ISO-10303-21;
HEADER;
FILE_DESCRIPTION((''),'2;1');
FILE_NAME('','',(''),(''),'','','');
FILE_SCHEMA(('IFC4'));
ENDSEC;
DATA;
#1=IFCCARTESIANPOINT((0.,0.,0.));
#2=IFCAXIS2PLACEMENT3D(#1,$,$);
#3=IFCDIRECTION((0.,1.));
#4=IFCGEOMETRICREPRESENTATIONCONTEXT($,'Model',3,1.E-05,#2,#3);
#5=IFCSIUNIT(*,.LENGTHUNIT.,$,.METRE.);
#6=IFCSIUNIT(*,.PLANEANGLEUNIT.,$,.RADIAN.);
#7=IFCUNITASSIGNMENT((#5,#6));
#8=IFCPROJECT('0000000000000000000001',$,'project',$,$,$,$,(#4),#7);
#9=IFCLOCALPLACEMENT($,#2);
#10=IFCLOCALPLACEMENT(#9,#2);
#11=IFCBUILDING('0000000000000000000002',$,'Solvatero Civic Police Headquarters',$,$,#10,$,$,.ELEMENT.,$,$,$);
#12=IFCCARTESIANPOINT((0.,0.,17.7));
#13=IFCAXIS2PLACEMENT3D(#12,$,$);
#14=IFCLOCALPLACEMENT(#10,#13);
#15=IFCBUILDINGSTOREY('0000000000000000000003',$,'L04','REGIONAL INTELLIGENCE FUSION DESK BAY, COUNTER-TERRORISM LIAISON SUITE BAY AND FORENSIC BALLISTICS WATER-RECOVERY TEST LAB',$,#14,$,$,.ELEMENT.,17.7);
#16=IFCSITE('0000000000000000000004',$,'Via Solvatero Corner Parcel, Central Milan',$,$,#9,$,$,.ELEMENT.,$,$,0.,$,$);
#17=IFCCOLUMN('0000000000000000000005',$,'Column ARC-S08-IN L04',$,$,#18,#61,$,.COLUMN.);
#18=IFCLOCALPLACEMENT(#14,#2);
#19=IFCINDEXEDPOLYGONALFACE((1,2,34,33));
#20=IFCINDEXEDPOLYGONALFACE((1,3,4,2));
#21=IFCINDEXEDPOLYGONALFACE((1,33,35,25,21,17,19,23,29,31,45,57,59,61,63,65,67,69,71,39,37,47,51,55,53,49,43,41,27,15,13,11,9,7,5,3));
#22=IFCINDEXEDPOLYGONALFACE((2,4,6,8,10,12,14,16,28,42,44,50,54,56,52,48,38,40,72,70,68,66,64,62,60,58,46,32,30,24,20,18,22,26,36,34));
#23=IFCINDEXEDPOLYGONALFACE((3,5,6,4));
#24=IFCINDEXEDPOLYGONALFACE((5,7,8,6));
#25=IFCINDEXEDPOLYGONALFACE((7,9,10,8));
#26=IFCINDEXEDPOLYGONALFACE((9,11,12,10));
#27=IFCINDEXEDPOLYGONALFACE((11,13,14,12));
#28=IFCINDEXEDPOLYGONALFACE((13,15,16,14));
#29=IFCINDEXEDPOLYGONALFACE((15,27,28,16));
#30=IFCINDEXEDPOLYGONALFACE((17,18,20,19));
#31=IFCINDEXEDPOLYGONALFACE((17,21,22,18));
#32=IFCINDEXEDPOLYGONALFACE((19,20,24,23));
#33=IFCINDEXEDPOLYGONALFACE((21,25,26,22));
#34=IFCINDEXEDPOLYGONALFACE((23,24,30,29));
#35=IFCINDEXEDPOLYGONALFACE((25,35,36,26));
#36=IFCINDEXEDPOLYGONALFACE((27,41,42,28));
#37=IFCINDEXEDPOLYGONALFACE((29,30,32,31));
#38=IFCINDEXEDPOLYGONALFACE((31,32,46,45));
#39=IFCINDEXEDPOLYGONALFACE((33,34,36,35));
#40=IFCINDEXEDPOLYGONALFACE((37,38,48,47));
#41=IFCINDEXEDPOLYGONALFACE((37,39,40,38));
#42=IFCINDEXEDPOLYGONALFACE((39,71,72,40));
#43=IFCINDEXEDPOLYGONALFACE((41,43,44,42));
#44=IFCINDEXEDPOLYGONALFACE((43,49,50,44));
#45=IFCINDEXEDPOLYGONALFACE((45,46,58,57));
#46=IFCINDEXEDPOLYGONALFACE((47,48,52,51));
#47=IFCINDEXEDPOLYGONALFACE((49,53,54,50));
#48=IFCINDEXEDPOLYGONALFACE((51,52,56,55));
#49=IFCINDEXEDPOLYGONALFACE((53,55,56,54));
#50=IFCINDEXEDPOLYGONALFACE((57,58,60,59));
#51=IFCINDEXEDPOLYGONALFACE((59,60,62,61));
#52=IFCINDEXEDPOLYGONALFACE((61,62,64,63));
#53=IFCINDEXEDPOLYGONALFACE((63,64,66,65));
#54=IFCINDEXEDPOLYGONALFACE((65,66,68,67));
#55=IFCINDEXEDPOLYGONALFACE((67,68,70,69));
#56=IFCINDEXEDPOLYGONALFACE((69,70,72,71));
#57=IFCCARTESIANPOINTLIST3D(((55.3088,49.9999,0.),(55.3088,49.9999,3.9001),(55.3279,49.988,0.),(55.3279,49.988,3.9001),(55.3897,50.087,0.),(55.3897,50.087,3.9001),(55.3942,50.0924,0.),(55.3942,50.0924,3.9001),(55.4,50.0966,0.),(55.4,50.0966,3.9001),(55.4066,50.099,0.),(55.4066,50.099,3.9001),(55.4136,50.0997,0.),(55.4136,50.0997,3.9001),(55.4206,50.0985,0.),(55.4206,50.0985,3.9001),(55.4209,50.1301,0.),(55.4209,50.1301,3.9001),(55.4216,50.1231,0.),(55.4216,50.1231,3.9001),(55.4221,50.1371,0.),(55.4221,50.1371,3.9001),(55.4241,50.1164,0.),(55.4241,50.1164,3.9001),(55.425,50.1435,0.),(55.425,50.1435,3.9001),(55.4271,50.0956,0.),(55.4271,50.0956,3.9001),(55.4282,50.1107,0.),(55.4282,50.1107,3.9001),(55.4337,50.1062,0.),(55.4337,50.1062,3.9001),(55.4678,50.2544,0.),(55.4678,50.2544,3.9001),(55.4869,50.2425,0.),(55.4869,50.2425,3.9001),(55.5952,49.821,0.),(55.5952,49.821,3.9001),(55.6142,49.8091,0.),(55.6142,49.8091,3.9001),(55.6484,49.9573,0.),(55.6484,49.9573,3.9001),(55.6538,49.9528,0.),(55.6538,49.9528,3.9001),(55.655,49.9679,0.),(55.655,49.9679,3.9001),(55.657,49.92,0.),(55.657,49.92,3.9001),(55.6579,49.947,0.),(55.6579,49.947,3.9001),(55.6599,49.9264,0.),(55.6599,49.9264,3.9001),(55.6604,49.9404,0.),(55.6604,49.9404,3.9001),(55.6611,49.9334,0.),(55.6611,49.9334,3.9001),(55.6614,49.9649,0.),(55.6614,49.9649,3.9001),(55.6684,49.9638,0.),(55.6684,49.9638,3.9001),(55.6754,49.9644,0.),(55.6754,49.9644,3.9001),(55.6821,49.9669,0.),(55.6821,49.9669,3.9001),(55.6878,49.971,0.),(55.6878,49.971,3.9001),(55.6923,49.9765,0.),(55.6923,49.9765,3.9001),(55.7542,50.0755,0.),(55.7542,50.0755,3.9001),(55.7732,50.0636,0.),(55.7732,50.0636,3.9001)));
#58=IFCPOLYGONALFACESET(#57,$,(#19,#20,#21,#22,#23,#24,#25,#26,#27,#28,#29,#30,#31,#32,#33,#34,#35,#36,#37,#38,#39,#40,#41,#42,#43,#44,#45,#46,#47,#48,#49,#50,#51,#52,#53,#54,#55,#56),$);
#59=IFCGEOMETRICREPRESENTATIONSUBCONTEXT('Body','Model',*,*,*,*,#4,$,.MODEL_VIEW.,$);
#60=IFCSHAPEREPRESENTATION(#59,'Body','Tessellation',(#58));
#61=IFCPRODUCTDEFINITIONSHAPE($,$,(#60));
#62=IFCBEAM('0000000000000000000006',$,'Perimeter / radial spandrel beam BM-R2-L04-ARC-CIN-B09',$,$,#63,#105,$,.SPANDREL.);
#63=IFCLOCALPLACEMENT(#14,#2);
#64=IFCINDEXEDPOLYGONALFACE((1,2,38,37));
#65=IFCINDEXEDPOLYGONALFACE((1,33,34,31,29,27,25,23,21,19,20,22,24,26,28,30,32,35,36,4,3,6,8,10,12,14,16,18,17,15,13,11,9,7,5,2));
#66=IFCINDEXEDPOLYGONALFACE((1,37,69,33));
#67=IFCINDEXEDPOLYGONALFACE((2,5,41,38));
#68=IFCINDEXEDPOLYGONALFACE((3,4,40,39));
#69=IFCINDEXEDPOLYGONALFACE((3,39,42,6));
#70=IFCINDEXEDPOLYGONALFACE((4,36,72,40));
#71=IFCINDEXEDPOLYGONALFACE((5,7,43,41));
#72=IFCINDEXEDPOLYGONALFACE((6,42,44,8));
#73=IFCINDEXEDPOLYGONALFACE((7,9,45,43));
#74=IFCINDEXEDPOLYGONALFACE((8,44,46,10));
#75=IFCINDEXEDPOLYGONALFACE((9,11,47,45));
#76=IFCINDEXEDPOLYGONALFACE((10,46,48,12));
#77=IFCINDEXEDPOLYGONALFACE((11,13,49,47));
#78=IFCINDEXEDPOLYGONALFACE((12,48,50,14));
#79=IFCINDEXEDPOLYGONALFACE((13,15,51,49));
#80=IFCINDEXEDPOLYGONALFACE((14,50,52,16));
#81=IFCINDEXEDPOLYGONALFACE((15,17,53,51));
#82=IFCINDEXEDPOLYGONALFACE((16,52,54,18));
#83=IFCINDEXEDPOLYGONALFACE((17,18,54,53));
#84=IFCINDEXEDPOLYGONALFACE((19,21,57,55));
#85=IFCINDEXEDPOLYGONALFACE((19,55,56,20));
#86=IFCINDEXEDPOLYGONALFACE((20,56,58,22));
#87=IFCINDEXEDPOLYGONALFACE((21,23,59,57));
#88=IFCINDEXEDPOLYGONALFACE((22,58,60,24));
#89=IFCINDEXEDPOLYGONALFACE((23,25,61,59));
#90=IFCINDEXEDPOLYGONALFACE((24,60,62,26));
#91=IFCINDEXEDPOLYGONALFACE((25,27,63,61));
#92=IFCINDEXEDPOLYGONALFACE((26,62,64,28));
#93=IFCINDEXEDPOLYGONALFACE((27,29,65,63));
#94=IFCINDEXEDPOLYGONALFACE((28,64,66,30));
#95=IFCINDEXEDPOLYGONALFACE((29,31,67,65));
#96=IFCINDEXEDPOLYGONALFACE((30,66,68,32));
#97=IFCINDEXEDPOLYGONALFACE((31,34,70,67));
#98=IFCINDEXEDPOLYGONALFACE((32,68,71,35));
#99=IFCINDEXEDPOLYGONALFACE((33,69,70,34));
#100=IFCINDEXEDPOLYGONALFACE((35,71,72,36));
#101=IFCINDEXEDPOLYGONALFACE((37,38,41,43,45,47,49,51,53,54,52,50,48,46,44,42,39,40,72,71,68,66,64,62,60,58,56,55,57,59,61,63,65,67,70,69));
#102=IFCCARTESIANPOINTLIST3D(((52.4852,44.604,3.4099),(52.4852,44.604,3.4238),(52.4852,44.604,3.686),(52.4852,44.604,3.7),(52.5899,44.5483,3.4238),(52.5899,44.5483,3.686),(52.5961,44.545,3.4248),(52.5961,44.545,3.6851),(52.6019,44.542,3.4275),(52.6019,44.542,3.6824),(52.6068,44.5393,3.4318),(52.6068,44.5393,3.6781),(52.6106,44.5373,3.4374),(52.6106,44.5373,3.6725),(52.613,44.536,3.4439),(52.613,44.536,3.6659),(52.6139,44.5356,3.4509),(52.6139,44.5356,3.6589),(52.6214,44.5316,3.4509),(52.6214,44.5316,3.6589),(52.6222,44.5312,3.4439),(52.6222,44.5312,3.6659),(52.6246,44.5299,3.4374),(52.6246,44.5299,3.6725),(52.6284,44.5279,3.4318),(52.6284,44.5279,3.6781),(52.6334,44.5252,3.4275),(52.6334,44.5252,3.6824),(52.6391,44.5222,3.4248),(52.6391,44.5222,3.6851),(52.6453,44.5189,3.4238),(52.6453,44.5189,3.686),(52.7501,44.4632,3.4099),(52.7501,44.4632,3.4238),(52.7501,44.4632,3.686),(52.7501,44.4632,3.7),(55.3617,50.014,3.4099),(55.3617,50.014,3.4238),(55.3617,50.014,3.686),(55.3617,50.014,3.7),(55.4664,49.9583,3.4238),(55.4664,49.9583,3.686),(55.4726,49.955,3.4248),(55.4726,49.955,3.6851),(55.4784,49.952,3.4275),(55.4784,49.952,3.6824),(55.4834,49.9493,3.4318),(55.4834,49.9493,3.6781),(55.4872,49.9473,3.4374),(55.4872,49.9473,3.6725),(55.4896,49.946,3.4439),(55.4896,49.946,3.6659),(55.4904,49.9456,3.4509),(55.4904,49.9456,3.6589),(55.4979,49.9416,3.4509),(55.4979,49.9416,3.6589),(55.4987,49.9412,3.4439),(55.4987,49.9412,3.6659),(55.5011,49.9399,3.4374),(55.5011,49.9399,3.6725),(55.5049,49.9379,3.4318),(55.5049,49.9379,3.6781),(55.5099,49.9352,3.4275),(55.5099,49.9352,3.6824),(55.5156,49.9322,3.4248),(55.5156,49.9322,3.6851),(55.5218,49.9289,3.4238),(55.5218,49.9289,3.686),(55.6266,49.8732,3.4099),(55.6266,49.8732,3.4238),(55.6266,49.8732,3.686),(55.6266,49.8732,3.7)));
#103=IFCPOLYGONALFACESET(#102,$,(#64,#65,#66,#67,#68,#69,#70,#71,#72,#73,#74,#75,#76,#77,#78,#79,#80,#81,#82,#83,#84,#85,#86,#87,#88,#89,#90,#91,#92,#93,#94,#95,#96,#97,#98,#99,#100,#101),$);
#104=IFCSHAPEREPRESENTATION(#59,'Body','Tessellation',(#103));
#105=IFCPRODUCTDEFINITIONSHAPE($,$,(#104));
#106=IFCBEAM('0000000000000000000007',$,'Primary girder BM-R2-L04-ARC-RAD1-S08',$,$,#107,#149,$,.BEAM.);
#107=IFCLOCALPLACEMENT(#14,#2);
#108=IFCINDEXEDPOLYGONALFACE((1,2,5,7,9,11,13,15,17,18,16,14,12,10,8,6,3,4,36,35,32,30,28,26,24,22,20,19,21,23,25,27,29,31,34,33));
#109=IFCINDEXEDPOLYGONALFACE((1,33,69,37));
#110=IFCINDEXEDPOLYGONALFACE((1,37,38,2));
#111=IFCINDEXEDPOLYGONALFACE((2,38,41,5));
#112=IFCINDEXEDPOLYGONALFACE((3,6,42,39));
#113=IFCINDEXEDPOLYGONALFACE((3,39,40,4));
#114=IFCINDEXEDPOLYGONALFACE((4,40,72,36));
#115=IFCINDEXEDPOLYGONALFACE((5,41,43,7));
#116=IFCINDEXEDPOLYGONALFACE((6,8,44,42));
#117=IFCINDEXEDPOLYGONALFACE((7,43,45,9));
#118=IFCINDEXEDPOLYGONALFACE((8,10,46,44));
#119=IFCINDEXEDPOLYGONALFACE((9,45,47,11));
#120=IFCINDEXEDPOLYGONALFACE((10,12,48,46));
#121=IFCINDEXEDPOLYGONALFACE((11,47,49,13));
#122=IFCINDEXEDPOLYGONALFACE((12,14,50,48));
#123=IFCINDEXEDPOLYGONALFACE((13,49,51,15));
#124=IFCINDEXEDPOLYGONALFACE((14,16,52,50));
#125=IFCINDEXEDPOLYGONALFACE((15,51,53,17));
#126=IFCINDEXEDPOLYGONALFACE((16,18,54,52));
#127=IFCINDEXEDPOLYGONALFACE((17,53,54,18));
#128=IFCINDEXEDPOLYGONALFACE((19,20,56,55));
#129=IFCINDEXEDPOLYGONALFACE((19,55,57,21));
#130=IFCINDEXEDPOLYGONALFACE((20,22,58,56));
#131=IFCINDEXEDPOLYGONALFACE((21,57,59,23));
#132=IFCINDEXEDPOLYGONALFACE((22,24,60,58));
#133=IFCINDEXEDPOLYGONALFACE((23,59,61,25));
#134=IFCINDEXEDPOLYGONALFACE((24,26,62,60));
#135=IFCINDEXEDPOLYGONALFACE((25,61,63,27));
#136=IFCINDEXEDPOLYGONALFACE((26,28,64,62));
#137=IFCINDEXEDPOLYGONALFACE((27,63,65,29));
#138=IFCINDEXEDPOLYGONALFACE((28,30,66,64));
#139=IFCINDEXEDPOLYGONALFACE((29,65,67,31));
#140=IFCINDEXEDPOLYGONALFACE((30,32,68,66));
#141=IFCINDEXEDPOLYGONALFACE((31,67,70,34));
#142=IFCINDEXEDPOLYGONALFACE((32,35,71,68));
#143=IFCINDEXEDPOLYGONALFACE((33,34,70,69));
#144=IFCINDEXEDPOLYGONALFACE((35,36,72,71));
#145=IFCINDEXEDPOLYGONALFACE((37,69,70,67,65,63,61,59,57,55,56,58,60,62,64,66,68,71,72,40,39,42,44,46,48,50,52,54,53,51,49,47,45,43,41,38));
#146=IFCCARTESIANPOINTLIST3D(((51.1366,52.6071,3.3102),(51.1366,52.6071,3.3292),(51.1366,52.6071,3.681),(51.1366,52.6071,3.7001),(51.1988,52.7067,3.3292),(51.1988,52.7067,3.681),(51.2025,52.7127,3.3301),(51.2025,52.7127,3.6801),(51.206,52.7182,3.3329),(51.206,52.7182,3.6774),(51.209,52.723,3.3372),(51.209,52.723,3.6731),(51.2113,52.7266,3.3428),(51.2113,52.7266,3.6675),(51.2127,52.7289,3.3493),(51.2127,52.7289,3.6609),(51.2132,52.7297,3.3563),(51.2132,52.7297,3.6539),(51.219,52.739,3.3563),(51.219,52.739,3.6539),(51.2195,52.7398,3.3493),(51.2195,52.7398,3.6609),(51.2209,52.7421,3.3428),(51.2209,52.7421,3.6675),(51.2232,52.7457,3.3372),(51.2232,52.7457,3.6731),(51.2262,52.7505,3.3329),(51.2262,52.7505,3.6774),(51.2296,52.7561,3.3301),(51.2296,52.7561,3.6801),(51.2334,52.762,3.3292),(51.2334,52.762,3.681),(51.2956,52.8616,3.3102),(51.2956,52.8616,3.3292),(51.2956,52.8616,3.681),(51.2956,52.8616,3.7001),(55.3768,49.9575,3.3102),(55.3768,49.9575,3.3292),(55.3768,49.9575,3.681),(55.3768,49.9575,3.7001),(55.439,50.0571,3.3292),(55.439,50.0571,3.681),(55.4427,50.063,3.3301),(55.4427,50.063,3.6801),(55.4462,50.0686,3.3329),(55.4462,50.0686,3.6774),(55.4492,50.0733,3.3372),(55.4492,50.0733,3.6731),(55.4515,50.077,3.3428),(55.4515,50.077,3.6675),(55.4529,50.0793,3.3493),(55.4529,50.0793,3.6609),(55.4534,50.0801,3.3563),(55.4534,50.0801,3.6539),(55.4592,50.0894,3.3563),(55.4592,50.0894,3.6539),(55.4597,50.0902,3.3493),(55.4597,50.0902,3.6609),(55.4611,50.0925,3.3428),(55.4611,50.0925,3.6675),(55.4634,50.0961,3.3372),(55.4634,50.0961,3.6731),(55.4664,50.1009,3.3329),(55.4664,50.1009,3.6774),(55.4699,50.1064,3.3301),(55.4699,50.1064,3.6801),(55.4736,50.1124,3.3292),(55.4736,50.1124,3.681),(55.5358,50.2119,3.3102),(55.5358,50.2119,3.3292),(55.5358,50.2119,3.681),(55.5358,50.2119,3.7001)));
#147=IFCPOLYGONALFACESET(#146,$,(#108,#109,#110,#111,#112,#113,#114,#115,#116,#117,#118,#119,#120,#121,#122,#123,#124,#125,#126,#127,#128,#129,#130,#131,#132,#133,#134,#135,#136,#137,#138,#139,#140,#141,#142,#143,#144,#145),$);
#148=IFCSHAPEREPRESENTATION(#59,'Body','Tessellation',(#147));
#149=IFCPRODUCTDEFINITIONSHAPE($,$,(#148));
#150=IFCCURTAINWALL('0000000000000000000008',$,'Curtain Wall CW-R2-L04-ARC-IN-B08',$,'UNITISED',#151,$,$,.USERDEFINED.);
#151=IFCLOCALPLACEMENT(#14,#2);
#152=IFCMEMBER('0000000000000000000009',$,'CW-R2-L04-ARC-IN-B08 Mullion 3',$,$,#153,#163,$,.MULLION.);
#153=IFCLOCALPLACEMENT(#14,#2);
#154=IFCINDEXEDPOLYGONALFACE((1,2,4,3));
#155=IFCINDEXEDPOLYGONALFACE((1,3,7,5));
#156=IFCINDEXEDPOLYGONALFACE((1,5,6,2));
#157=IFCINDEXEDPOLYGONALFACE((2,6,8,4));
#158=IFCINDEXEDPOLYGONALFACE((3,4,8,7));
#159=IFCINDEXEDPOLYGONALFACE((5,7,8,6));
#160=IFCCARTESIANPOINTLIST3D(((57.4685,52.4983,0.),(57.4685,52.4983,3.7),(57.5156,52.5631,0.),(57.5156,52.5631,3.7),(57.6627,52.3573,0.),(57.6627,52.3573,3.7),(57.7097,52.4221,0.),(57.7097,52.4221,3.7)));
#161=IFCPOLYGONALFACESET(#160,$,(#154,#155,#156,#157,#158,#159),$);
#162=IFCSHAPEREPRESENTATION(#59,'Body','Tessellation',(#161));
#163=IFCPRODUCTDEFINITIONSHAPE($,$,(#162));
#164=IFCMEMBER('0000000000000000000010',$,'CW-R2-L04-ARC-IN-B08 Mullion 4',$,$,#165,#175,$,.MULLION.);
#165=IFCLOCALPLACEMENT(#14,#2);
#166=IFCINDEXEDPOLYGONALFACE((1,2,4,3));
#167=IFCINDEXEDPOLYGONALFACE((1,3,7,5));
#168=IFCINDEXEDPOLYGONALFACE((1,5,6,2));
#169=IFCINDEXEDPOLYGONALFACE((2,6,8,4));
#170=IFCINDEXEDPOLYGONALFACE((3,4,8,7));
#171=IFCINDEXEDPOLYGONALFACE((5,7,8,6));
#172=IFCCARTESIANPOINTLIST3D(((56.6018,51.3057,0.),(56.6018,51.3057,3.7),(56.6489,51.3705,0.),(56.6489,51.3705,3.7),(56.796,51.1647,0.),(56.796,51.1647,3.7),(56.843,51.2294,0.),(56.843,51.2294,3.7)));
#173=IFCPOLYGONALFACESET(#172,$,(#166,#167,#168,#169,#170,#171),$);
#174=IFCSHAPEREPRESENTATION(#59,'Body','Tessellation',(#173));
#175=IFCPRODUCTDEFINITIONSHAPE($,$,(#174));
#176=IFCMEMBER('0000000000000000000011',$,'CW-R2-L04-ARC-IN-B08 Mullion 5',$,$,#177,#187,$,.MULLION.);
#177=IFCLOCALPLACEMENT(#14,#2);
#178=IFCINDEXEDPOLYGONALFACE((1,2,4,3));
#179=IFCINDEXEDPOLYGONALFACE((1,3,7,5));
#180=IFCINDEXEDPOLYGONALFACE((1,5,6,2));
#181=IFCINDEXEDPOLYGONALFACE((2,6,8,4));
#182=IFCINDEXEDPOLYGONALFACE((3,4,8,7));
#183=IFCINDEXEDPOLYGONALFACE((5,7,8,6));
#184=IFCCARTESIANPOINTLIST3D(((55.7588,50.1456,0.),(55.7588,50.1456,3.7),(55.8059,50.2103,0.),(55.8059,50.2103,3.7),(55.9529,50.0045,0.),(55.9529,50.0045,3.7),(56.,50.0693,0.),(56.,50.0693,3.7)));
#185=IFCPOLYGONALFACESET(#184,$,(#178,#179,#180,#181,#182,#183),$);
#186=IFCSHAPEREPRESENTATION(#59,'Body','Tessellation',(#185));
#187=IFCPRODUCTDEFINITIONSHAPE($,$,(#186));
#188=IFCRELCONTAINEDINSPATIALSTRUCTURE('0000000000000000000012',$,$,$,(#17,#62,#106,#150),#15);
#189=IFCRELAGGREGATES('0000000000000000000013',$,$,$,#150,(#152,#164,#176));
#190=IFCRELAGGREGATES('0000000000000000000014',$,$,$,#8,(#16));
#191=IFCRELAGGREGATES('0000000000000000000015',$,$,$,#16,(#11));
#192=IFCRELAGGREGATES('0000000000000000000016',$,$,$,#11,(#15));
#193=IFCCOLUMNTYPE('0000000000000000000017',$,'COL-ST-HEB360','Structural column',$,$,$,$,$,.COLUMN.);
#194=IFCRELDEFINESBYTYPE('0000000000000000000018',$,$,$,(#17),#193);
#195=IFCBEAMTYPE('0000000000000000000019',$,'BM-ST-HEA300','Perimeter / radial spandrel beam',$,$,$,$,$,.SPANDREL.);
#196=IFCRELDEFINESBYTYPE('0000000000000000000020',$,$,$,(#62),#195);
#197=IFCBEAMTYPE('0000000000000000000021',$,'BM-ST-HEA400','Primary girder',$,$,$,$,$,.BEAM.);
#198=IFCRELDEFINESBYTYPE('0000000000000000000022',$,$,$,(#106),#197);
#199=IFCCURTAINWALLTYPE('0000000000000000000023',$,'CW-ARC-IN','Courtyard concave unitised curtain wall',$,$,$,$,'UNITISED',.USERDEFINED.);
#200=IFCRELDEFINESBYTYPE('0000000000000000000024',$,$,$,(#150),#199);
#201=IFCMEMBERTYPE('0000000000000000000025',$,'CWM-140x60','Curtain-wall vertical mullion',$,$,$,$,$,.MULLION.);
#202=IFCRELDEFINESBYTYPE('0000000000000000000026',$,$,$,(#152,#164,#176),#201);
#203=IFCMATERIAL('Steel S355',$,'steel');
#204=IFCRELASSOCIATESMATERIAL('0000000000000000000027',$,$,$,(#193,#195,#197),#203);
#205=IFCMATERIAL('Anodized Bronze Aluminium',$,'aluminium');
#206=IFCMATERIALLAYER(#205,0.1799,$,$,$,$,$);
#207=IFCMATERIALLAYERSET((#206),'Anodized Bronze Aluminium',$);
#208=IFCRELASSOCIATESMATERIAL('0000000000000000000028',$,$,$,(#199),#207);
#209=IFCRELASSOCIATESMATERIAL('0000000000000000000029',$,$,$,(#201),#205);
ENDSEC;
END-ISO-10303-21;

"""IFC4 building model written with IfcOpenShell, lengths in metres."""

from ifc_helpers import new_model, si_unit, direction, frame, origin, origin_2d, place, context, subcontext, project, spatial, rectangle, i_section, extrude, material, layer, layer_set, material_profile, profile_set, type_object, element, aggregate, save


model = new_model("IFC4")

# Units and contexts
model_context = context("Model", 3, precision=1e-05, world=origin(), true_north=direction((0.0, 1.0)))
body_context = subcontext(model_context, "Body", "Model", "MODEL_VIEW")
ifc_project = project(units=[si_unit("LENGTHUNIT", "METRE"), si_unit("PLANEANGLEUNIT", "RADIAN")], contexts=[model_context])

# Site, building, storey
site_placement = place(None, origin())
site = spatial("IfcSite", under=ifc_project, at=site_placement, Name="Via Solvatero Corner Parcel, Central Milan", CompositionType="ELEMENT", RefElevation=0.0)
building_placement = place(site_placement, origin())
building = spatial("IfcBuilding", under=site, at=building_placement, Name="Solvatero Civic Police Headquarters", CompositionType="ELEMENT")
storey_placement = place(building_placement, frame((0.0, 0.0, 17.7)))
storey = spatial("IfcBuildingStorey", under=building, at=storey_placement, Name="L04", Description="REGIONAL INTELLIGENCE FUSION DESK BAY, COUNTER-TERRORISM LIAISON SUITE BAY AND FORENSIC BALLISTICS WATER-RECOVERY TEST LAB", CompositionType="ELEMENT", Elevation=17.7)

# Column
ifc_material_1 = material(Name="Steel S355", Category="steel")
ifc_material_profile_1 = material_profile(ifc_material_1, i_section(OverallWidth=0.3, OverallDepth=0.3601, WebThickness=0.0125, FlangeThickness=0.0225, FilletRadius=0.0271, at=origin_2d()), Name="HEB 360")
ifc_profile_set_1 = profile_set([ifc_material_profile_1], Name="Steel S355")
column_type = type_object("IfcColumnType", Name="COL-ST-HEB360", Description="Structural column", PredefinedType="COLUMN", material=ifc_profile_set_1)
column_placement = place(storey_placement, frame((55.541, 50.0317, 0.0), z_axis=(0.0, 0.0, 1.0), x_axis=(0.529919, 0.848048, 0.0)))
element("IfcColumn", 1, at=column_placement, inside=storey, type_object=column_type, Name="Column ARC-S08-IN L04", PredefinedType="COLUMN", context=body_context, shape_type="SweptSolid", body=[
    extrude(i_section(OverallWidth=0.3, OverallDepth=0.3601, WebThickness=0.0125, FlangeThickness=0.0225, FilletRadius=0.0271, at=origin_2d()), origin(), (0.0, 0.0, 1.0), 3.9001),
])

# Beams
ifc_material_profile_2 = material_profile(ifc_material_1, i_section(OverallWidth=0.3, OverallDepth=0.29, WebThickness=0.0085, FlangeThickness=0.0139, FilletRadius=0.0271, at=origin_2d()), Name="HEA 300")
ifc_profile_set_2 = profile_set([ifc_material_profile_2], Name="Steel S355")
beam_type_1 = type_object("IfcBeamType", Name="BM-ST-HEA300", Description="Perimeter / radial spandrel beam", PredefinedType="SPANDREL", material=ifc_profile_set_2)
beam_1_placement = place(storey_placement, frame((55.4941, 49.9436, 3.5549), z_axis=(-0.469467, -0.88295, 0.0), x_axis=(0.88295, -0.469467, 0.0)))
element("IfcBeam", 2, at=beam_1_placement, inside=storey, type_object=beam_type_1, Name="Perimeter / radial spandrel beam BM-R2-L04-ARC-CIN-B09", PredefinedType="SPANDREL", context=body_context, shape_type="SweptSolid", body=[
    extrude(i_section(OverallWidth=0.3, OverallDepth=0.29, WebThickness=0.0085, FlangeThickness=0.0139, FilletRadius=0.0271, at=origin_2d()), origin(), (0.0, 0.0, 1.0), 6.1272),
])
ifc_material_profile_3 = material_profile(ifc_material_1, i_section(OverallWidth=0.3, OverallDepth=0.3899, WebThickness=0.011, FlangeThickness=0.019, FilletRadius=0.0271, at=origin_2d()), Name="HEA 400")
ifc_profile_set_3 = profile_set([ifc_material_profile_3], Name="Steel S355")
beam_type_2 = type_object("IfcBeamType", Name="BM-ST-HEA400", Description="Primary girder", PredefinedType="BEAM", material=ifc_profile_set_3)
beam_2_placement = place(storey_placement, frame((55.4563, 50.0847, 3.5051), z_axis=(-0.848042, 0.529929, 0.0), x_axis=(-0.529929, -0.848042, 0.0)))
element("IfcBeam", 3, at=beam_2_placement, inside=storey, type_object=beam_type_2, Name="Primary girder BM-R2-L04-ARC-RAD1-S08", PredefinedType="BEAM", context=body_context, shape_type="SweptSolid", body=[
    extrude(i_section(OverallWidth=0.3, OverallDepth=0.3899, WebThickness=0.011, FlangeThickness=0.019, FilletRadius=0.0271, at=origin_2d()), origin(), (0.0, 0.0, 1.0), 5.0),
])

# Curtain wall, members
ifc_material_2 = material(Name="Anodized Bronze Aluminium", Category="aluminium")
ifc_layer_1 = layer(ifc_material_2, 0.1799)
ifc_layer_set_1 = layer_set([ifc_layer_1], Name="Anodized Bronze Aluminium")
curtain_wall_type = type_object("IfcCurtainWallType", Name="CW-ARC-IN", Description="Courtyard concave unitised curtain wall", ElementType="UNITISED", PredefinedType="USERDEFINED", material=ifc_layer_set_1)
curtain_wall_1_placement = place(storey_placement, origin())
curtain_wall_1 = element("IfcCurtainWall", 4, at=curtain_wall_1_placement, inside=storey, type_object=curtain_wall_type, Name="Curtain Wall CW-R2-L04-ARC-IN-B08", ObjectType="UNITISED", PredefinedType="USERDEFINED")
ifc_material_profile_4 = material_profile(ifc_material_2, rectangle(XDim=0.0801, YDim=0.24, at=origin_2d()), Name="ALU MULLION 80x240")
ifc_profile_set_4 = profile_set([ifc_material_profile_4], Name="Anodized Bronze Aluminium")
member_type_1 = type_object("IfcMemberType", Name="CWM-140x60", Description="Curtain-wall vertical mullion", PredefinedType="MULLION", material=ifc_profile_set_4)
member_1_placement = place(storey_placement, frame((57.5891, 52.4602, 0.0), z_axis=(0.0, 0.0, 1.0), x_axis=(-0.587799, -0.809007, 0.0)))
member_1 = element("IfcMember", 5, at=member_1_placement, type_object=member_type_1, Name="CW-R2-L04-ARC-IN-B08 Mullion 3", PredefinedType="MULLION", context=body_context, shape_type="SweptSolid", body=[
    extrude(rectangle(XDim=0.0801, YDim=0.24, at=origin_2d()), origin(), (0.0, 0.0, 1.0), 3.7),
])
member_2_placement = place(storey_placement, frame((56.7224, 51.2676, 0.0), z_axis=(0.0, 0.0, 1.0), x_axis=(-0.587799, -0.809007, 0.0)))
member_2 = element("IfcMember", 6, at=member_2_placement, type_object=member_type_1, Name="CW-R2-L04-ARC-IN-B08 Mullion 4", PredefinedType="MULLION", context=body_context, shape_type="SweptSolid", body=[
    extrude(rectangle(XDim=0.0801, YDim=0.24, at=origin_2d()), origin(), (0.0, 0.0, 1.0), 3.7),
])
member_3_placement = place(storey_placement, frame((55.8794, 50.1074, 0.0), z_axis=(0.0, 0.0, 1.0), x_axis=(-0.587799, -0.809007, 0.0)))
member_3 = element("IfcMember", 7, at=member_3_placement, type_object=member_type_1, Name="CW-R2-L04-ARC-IN-B08 Mullion 5", PredefinedType="MULLION", context=body_context, shape_type="SweptSolid", body=[
    extrude(rectangle(XDim=0.0801, YDim=0.24, at=origin_2d()), origin(), (0.0, 0.0, 1.0), 3.7),
])

aggregate(curtain_wall_1, [member_1, member_2, member_3])

save(model, "model.ifc")
